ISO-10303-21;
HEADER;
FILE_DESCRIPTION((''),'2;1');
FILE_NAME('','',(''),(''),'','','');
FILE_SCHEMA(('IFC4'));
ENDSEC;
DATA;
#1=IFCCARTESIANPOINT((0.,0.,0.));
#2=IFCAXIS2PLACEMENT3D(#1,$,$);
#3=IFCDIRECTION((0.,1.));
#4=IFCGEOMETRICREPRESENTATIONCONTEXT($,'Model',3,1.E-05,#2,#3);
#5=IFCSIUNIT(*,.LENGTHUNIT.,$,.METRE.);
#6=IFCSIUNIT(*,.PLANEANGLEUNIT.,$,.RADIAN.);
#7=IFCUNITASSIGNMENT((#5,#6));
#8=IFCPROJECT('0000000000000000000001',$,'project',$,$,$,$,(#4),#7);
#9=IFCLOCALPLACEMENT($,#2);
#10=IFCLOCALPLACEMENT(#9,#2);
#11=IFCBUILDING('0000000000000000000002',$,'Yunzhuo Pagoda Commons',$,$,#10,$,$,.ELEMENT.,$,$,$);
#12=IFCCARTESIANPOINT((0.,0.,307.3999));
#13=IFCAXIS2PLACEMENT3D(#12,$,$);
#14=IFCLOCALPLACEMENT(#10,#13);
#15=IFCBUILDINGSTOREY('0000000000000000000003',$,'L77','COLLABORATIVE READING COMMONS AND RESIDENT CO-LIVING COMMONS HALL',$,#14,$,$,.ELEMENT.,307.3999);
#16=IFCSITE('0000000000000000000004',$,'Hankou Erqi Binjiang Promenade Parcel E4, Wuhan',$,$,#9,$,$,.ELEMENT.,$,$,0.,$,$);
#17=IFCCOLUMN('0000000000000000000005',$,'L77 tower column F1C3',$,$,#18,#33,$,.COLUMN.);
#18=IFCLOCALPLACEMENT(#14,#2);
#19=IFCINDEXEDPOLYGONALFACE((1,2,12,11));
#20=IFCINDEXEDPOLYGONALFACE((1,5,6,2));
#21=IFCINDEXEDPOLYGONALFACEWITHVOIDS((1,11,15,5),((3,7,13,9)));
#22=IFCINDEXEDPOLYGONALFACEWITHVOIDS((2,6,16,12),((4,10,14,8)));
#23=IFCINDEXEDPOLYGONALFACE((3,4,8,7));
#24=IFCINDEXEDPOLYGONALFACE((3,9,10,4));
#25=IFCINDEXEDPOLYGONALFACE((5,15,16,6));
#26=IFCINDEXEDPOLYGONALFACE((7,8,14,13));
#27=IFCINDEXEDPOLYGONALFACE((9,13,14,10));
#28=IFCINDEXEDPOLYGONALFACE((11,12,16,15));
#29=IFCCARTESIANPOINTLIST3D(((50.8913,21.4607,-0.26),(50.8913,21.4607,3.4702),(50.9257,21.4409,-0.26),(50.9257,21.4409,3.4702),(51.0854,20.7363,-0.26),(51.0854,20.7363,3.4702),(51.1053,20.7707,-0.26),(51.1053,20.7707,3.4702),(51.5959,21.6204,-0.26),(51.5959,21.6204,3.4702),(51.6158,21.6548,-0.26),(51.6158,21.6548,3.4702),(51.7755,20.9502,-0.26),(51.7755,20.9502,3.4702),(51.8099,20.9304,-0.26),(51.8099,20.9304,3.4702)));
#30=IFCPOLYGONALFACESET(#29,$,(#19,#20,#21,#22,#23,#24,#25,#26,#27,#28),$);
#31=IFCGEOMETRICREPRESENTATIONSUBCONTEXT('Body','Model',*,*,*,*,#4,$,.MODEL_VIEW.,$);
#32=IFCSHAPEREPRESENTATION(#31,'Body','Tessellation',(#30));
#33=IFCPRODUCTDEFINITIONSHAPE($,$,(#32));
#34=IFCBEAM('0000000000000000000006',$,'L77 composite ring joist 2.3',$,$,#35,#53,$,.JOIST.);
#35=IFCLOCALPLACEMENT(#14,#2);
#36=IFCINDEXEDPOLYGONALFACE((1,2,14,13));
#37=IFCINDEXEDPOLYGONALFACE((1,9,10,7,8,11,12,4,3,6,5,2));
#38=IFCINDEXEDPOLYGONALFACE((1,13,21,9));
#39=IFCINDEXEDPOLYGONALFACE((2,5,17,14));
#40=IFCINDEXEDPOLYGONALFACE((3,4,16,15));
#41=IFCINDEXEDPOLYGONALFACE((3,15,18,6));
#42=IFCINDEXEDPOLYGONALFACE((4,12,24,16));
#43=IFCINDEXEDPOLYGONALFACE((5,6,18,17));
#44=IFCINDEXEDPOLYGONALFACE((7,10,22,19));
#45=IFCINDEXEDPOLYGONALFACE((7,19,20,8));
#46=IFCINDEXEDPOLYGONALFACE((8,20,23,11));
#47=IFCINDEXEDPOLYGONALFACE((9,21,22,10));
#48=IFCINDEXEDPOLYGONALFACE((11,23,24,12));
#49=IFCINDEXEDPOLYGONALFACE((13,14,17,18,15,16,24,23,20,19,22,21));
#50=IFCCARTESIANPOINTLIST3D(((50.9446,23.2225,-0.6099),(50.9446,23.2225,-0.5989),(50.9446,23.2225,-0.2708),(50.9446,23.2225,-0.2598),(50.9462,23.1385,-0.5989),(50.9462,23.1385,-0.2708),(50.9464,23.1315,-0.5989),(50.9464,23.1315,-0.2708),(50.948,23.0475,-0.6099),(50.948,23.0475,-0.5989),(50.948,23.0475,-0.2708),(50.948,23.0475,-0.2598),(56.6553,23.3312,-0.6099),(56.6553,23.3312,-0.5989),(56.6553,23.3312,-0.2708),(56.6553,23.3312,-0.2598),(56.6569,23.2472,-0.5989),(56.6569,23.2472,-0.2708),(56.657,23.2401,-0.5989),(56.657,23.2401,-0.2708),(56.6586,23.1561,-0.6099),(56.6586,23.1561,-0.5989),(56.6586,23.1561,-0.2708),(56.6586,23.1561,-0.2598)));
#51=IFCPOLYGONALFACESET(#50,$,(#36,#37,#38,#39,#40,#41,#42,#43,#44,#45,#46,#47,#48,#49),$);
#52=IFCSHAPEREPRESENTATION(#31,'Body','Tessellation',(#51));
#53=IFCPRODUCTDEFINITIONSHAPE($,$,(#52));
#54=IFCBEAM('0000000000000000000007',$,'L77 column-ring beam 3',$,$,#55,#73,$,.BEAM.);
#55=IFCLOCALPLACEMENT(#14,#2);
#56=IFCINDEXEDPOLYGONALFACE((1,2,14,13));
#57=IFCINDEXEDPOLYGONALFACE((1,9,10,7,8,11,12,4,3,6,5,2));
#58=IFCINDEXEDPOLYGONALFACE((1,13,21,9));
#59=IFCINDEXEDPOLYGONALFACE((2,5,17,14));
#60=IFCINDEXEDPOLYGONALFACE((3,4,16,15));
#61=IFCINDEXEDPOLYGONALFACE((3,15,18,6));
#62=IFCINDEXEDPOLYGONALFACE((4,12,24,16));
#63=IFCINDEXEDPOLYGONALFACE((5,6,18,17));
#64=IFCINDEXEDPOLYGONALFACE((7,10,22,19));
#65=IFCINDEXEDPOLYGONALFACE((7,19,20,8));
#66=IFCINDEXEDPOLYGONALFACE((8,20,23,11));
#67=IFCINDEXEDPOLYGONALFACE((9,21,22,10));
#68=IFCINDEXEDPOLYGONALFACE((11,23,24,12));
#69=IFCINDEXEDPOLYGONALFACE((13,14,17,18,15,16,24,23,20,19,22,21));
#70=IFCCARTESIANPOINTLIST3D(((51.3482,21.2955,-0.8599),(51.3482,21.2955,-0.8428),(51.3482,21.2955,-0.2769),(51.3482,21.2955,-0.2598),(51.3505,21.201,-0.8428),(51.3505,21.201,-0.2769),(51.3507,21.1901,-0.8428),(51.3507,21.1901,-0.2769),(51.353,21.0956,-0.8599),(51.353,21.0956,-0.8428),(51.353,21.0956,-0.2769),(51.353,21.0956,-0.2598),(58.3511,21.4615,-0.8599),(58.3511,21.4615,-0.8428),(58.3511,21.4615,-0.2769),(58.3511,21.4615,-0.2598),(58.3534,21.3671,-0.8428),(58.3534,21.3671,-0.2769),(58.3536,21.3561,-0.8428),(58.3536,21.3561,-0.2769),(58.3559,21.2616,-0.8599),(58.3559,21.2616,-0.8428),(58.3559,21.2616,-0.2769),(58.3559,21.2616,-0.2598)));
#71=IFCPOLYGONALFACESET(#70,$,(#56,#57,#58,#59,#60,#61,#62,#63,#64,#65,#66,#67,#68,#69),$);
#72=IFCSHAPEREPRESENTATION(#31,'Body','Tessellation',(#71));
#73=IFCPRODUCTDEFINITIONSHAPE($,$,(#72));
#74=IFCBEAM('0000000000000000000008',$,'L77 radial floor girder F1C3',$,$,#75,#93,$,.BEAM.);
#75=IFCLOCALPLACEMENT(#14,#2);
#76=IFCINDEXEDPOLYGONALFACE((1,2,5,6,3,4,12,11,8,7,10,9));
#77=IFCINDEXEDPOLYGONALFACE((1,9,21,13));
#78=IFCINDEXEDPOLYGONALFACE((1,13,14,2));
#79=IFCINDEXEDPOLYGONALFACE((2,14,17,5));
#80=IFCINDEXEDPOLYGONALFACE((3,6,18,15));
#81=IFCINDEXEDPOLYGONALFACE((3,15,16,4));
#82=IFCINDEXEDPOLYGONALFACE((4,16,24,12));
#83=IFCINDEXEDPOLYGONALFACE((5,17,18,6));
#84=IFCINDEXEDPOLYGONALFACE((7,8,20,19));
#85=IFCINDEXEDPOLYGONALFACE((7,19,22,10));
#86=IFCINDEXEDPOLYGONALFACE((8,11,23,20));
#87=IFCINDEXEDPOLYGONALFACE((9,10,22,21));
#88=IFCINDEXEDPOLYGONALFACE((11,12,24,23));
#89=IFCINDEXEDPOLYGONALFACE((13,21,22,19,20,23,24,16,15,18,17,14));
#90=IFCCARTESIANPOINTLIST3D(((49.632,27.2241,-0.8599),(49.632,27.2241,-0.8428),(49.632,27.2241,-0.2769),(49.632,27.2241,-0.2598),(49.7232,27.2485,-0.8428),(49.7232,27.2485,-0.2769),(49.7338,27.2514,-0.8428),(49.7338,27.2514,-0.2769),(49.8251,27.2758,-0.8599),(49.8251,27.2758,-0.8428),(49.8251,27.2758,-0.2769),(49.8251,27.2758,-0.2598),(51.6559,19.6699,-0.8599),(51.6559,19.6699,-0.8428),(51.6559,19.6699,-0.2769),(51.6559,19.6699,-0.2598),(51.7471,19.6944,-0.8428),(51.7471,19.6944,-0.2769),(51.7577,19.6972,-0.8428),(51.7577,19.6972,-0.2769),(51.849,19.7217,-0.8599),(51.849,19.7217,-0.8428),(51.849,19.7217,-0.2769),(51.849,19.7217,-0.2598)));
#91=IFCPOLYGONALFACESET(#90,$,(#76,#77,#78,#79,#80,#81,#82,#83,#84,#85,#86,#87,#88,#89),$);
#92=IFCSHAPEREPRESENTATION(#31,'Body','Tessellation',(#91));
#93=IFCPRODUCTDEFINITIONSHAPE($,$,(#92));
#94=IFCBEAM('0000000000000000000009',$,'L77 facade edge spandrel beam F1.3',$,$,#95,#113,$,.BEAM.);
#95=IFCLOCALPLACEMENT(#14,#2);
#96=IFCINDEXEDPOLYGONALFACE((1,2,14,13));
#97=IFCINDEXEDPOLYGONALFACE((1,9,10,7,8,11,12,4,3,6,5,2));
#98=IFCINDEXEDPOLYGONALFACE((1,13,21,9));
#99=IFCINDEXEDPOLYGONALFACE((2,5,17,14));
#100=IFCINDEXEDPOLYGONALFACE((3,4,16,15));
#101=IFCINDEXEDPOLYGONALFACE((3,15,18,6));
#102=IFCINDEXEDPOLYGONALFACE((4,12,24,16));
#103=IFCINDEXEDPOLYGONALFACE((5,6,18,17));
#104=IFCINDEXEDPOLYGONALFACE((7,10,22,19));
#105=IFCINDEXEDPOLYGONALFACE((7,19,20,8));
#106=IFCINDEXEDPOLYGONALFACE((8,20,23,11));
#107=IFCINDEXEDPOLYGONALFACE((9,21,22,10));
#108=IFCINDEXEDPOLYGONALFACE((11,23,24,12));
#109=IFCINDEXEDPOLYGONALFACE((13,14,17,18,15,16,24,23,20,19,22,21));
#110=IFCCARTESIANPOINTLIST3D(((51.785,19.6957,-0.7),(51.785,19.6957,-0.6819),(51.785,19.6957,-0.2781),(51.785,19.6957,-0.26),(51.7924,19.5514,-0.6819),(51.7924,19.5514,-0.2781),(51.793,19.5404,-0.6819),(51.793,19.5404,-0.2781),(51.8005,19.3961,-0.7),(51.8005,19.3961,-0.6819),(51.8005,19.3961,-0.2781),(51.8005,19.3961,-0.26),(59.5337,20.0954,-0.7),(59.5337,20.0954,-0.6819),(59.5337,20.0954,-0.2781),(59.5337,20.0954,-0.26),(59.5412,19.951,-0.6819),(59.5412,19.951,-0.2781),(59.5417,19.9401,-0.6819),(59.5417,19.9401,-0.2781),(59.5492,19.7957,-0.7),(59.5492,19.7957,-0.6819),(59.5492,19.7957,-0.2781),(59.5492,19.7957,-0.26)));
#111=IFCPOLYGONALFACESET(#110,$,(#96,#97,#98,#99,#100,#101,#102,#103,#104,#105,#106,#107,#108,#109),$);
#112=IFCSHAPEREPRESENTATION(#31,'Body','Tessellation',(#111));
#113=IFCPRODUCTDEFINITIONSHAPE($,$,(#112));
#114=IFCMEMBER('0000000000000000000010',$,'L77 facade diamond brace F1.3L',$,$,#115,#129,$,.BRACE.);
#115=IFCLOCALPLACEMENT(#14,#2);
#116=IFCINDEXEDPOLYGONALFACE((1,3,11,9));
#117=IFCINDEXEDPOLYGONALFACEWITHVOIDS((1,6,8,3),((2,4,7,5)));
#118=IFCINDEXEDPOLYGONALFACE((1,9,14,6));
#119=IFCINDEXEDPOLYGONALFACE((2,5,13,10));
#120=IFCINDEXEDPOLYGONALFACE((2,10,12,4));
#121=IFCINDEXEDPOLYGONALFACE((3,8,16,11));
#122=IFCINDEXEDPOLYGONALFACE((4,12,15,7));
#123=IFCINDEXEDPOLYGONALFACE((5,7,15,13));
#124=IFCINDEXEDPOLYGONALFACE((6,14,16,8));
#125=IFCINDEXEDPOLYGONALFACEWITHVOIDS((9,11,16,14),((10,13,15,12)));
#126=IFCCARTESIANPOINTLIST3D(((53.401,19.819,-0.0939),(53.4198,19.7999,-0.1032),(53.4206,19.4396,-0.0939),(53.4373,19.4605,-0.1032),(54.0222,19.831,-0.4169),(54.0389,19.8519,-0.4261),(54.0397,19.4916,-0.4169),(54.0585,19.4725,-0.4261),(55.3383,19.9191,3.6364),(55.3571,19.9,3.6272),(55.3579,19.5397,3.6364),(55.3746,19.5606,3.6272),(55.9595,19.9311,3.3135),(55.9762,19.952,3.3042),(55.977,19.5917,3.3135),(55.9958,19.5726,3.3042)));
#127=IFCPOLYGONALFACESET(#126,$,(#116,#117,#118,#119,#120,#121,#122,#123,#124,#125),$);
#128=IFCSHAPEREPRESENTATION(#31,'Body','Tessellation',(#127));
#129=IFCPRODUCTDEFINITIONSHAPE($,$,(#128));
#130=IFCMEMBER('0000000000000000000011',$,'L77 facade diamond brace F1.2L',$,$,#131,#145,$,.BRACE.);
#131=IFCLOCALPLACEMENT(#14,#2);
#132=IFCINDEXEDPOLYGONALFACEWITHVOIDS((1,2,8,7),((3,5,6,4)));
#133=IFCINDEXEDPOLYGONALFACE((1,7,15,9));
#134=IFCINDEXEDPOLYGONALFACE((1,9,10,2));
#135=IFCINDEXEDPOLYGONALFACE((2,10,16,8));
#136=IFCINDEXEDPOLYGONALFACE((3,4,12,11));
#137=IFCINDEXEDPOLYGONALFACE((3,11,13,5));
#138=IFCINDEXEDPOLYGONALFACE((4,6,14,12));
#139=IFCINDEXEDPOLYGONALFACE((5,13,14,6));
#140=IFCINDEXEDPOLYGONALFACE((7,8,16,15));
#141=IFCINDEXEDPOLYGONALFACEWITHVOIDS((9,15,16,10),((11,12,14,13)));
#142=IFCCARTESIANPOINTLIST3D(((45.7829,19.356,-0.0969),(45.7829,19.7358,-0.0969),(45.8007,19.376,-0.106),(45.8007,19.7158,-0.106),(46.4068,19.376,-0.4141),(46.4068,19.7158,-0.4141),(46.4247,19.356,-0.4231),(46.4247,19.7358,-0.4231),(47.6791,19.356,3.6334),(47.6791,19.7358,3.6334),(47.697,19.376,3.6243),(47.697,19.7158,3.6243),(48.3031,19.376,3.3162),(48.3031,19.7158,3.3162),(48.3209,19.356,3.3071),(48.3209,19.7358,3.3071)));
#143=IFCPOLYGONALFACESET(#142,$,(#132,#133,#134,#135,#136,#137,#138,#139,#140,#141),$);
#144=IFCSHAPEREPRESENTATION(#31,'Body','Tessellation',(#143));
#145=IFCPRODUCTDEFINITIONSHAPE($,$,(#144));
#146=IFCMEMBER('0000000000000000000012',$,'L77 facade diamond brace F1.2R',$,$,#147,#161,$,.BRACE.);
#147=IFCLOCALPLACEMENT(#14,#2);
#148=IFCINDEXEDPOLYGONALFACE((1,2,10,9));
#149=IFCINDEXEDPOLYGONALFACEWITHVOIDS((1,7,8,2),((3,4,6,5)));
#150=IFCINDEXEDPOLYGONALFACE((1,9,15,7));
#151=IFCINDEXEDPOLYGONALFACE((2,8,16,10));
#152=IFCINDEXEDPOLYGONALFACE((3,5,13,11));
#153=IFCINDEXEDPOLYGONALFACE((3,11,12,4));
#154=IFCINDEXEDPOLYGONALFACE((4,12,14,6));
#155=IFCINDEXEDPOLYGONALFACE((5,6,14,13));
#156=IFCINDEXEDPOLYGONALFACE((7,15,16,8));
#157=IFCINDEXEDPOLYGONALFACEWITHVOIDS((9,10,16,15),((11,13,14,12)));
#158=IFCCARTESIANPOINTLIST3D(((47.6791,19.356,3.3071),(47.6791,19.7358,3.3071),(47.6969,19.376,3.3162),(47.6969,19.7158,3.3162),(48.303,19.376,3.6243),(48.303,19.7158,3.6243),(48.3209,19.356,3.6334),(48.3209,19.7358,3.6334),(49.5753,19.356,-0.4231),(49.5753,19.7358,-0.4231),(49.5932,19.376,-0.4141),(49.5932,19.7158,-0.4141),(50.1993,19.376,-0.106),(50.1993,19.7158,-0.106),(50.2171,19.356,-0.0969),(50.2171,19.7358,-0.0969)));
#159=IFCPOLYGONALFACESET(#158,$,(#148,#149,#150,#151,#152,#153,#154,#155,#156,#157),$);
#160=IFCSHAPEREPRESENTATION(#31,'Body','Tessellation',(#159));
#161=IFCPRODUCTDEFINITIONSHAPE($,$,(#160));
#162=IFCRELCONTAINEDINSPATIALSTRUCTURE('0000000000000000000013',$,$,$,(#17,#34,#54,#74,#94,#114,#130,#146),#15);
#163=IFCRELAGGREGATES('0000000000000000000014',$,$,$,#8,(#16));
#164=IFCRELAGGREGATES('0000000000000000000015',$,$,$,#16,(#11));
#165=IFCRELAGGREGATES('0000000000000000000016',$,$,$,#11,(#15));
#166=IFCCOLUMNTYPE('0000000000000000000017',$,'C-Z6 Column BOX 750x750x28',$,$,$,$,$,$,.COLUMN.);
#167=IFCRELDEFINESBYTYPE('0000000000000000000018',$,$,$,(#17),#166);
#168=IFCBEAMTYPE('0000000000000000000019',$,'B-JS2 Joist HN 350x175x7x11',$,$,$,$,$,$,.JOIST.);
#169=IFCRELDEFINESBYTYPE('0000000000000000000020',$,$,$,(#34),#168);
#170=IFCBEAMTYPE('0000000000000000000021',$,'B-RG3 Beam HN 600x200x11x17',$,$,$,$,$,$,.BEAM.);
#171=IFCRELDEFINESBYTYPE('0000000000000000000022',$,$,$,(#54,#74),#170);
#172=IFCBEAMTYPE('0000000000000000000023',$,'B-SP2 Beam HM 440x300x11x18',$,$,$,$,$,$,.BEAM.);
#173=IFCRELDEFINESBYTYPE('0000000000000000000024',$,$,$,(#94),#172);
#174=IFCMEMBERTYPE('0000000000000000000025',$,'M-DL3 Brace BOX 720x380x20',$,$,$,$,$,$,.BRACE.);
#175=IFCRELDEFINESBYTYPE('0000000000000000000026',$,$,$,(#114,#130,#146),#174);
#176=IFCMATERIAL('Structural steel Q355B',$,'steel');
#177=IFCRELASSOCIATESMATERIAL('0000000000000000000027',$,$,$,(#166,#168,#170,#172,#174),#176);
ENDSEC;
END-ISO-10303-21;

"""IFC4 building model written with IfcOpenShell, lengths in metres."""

from ifc_helpers import new_model, si_unit, direction, frame, origin, origin_2d, place, context, subcontext, project, spatial, hollow_rectangle, i_section, extrude, source, transform, mapped, material, material_profile, profile_set, type_object, element, save


model = new_model("IFC4")

# Units and contexts
model_context = context("Model", 3, precision=1e-05, world=origin(), true_north=direction((0.0, 1.0)))
body_context = subcontext(model_context, "Body", "Model", "MODEL_VIEW")
ifc_project = project(units=[si_unit("LENGTHUNIT", "METRE"), si_unit("PLANEANGLEUNIT", "RADIAN")], contexts=[model_context])

# Site, building, storey
site_placement = place(None, origin())
site = spatial("IfcSite", under=ifc_project, at=site_placement, Name="Hankou Erqi Binjiang Promenade Parcel E4, Wuhan", CompositionType="ELEMENT", RefElevation=0.0)
building_placement = place(site_placement, origin())
building = spatial("IfcBuilding", under=site, at=building_placement, Name="Yunzhuo Pagoda Commons", CompositionType="ELEMENT")
storey_placement = place(building_placement, frame((0.0, 0.0, 307.3999)))
storey = spatial("IfcBuildingStorey", under=building, at=storey_placement, Name="L77", Description="COLLABORATIVE READING COMMONS AND RESIDENT CO-LIVING COMMONS HALL", CompositionType="ELEMENT", Elevation=307.3999)

# Column
ifc_material_1 = material(Name="Structural steel Q355B", Category="steel")
ifc_material_profile_1 = material_profile(ifc_material_1, hollow_rectangle(XDim=0.75, YDim=0.75, WallThickness=0.0281, at=origin_2d()), Name="Structural steel Q355B")
ifc_profile_set_1 = profile_set([ifc_material_profile_1], Name="Structural steel Q355B")
column_type = type_object("IfcColumnType", Name="C-Z6 Column BOX 750x750x28", PredefinedType="COLUMN", material=ifc_profile_set_1)
shared_shape_1 = source(origin(), body_context, "Body", "SweptSolid", [
    extrude(hollow_rectangle(XDim=0.75, YDim=0.75, WallThickness=0.0281, at=origin_2d()), origin(), (0.0, 0.0, 1.0), 3.7302),
])
column_placement = place(storey_placement, frame((51.3506, 21.1956, -0.26), z_axis=(0.0, 0.0, 1.0), x_axis=(0.965926, 0.258819, 0.0)))
element("IfcColumn", 1, at=column_placement, inside=storey, type_object=column_type, Name="L77 tower column F1C3", PredefinedType="COLUMN", context=body_context, shape_type="MappedRepresentation", body=[
    mapped(shared_shape_1, transform((0.0, 0.0, 0.0), scale=1.0)),
])

# Beams
ifc_material_profile_2 = material_profile(ifc_material_1, i_section(OverallWidth=0.175, OverallDepth=0.3501, WebThickness=0.0071, FlangeThickness=0.011, at=origin_2d()), Name="Structural steel Q355B")
ifc_profile_set_2 = profile_set([ifc_material_profile_2], Name="Structural steel Q355B")
beam_type_1 = type_object("IfcBeamType", Name="B-JS2 Joist HN 350x175x7x11", PredefinedType="JOIST", material=ifc_profile_set_2)
shared_shape_2 = source(origin(), body_context, "Body", "SweptSolid", [
    extrude(i_section(OverallWidth=0.175, OverallDepth=0.3501, WebThickness=0.0071, FlangeThickness=0.011, at=origin_2d()), origin(), (0.0, 0.0, 1.0), 5.7117),
])
beam_1_placement = place(storey_placement, frame((50.9463, 23.135, -0.4348), z_axis=(0.999819, 0.019021, 0.0), x_axis=(-0.019021, 0.999819, 0.0)))
element("IfcBeam", 2, at=beam_1_placement, inside=storey, type_object=beam_type_1, Name="L77 composite ring joist 2.3", PredefinedType="JOIST", context=body_context, shape_type="MappedRepresentation", body=[
    mapped(shared_shape_2, transform((0.0, 0.0, 0.0), scale=1.0)),
])
ifc_material_profile_3 = material_profile(ifc_material_1, i_section(OverallWidth=0.2, OverallDepth=0.6001, WebThickness=0.011, FlangeThickness=0.0171, at=origin_2d()), Name="Structural steel Q355B")
ifc_profile_set_3 = profile_set([ifc_material_profile_3], Name="Structural steel Q355B")
beam_type_2 = type_object("IfcBeamType", Name="B-RG3 Beam HN 600x200x11x17", PredefinedType="BEAM", material=ifc_profile_set_3)
shared_shape_3 = source(origin(), body_context, "Body", "SweptSolid", [
    extrude(i_section(OverallWidth=0.2, OverallDepth=0.6001, WebThickness=0.011, FlangeThickness=0.0171, at=origin_2d()), origin(), (0.0, 0.0, 1.0), 7.0049),
])
beam_2_placement = place(storey_placement, frame((51.3506, 21.1956, -0.5598), z_axis=(0.999719, 0.0237, 0.0), x_axis=(-0.0237, 0.999719, 0.0)))
element("IfcBeam", 3, at=beam_2_placement, inside=storey, type_object=beam_type_2, Name="L77 column-ring beam 3", PredefinedType="BEAM", context=body_context, shape_type="MappedRepresentation", body=[
    mapped(shared_shape_3, transform((0.0, 0.0, 0.0), scale=1.0)),
])
shared_shape_4 = source(origin(), body_context, "Body", "SweptSolid", [
    extrude(i_section(OverallWidth=0.2, OverallDepth=0.6001, WebThickness=0.011, FlangeThickness=0.0171, at=origin_2d()), origin(), (0.0, 0.0, 1.0), 7.8206),
])
beam_3_placement = place(storey_placement, frame((51.7524, 19.6958, -0.5598), z_axis=(-0.258793, 0.965933, 0.0), x_axis=(-0.965933, -0.258793, 0.0)))
element("IfcBeam", 4, at=beam_3_placement, inside=storey, type_object=beam_type_2, Name="L77 radial floor girder F1C3", PredefinedType="BEAM", context=body_context, shape_type="MappedRepresentation", body=[
    mapped(shared_shape_4, transform((0.0, 0.0, 0.0), scale=1.0)),
])
ifc_material_profile_4 = material_profile(ifc_material_1, i_section(OverallWidth=0.3, OverallDepth=0.4399, WebThickness=0.011, FlangeThickness=0.0181, at=origin_2d()), Name="Structural steel Q355B")
ifc_profile_set_4 = profile_set([ifc_material_profile_4], Name="Structural steel Q355B")
beam_type_3 = type_object("IfcBeamType", Name="B-SP2 Beam HM 440x300x11x18", PredefinedType="BEAM", material=ifc_profile_set_4)
shared_shape_5 = source(origin(), body_context, "Body", "SweptSolid", [
    extrude(i_section(OverallWidth=0.3, OverallDepth=0.4399, WebThickness=0.011, FlangeThickness=0.0181, at=origin_2d()), origin(), (0.0, 0.0, 1.0), 7.759),
])
beam_4_placement = place(storey_placement, frame((51.7927, 19.5459, -0.48), z_axis=(0.998673, 0.051508, 0.0), x_axis=(-0.051508, 0.998673, 0.0)))
element("IfcBeam", 5, at=beam_4_placement, inside=storey, type_object=beam_type_3, Name="L77 facade edge spandrel beam F1.3", PredefinedType="BEAM", context=body_context, shape_type="MappedRepresentation", body=[
    mapped(shared_shape_5, transform((0.0, 0.0, 0.0), scale=1.0)),
])

# Members
ifc_material_profile_5 = material_profile(ifc_material_1, hollow_rectangle(XDim=0.3799, YDim=0.72, WallThickness=0.02, at=origin_2d()), Name="Structural steel Q355B")
ifc_profile_set_5 = profile_set([ifc_material_profile_5], Name="Structural steel Q355B")
member_type_1 = type_object("IfcMemberType", Name="M-DL3 Brace BOX 720x380x20", PredefinedType="BRACE", material=ifc_profile_set_5)
shared_shape_6 = source(origin(), body_context, "Body", "SweptSolid", [
    extrude(hollow_rectangle(XDim=0.3799, YDim=0.72, WallThickness=0.02, at=origin_2d()), origin(), (0.0, 0.0, 1.0), 4.2046),
])
member_1_placement = place(storey_placement, frame((53.7297, 19.6458, -0.26), z_axis=(0.460761, 0.023807, 0.887205), x_axis=(-0.051601, 0.998668, 0.0)))
element("IfcMember", 6, at=member_1_placement, inside=storey, type_object=member_type_1, Name="L77 facade diamond brace F1.3L", PredefinedType="BRACE", context=body_context, shape_type="MappedRepresentation", body=[
    mapped(shared_shape_6, transform((0.0, 0.0, 0.0), scale=1.0)),
])
shared_shape_7 = source(origin(), body_context, "Body", "SweptSolid", [
    extrude(hollow_rectangle(XDim=0.3799, YDim=0.72, WallThickness=0.02, at=origin_2d()), origin(), (0.0, 0.0, 1.0), 4.1846),
])
for number, where, z_axis, x_axis, name in (
    (7, (46.1038, 19.5459, -0.26), (0.453155, 0.0, 0.891432), (0.0, 1.0, 0.0), "L77 facade diamond brace F1.2L"),
    (8, (49.8962, 19.5459, -0.26), (-0.453155, 0.0, 0.891432), (0.0, -1.0, 0.0), "L77 facade diamond brace F1.2R"),
):
    element("IfcMember", number, at=place(storey_placement, frame(where, z_axis=z_axis, x_axis=x_axis)), inside=storey, type_object=member_type_1, Name=name, PredefinedType="BRACE", context=body_context, shape_type="MappedRepresentation", body=[
        mapped(shared_shape_7, transform((0.0, 0.0, 0.0), scale=1.0)),
    ])

save(model, "model.ifc")
